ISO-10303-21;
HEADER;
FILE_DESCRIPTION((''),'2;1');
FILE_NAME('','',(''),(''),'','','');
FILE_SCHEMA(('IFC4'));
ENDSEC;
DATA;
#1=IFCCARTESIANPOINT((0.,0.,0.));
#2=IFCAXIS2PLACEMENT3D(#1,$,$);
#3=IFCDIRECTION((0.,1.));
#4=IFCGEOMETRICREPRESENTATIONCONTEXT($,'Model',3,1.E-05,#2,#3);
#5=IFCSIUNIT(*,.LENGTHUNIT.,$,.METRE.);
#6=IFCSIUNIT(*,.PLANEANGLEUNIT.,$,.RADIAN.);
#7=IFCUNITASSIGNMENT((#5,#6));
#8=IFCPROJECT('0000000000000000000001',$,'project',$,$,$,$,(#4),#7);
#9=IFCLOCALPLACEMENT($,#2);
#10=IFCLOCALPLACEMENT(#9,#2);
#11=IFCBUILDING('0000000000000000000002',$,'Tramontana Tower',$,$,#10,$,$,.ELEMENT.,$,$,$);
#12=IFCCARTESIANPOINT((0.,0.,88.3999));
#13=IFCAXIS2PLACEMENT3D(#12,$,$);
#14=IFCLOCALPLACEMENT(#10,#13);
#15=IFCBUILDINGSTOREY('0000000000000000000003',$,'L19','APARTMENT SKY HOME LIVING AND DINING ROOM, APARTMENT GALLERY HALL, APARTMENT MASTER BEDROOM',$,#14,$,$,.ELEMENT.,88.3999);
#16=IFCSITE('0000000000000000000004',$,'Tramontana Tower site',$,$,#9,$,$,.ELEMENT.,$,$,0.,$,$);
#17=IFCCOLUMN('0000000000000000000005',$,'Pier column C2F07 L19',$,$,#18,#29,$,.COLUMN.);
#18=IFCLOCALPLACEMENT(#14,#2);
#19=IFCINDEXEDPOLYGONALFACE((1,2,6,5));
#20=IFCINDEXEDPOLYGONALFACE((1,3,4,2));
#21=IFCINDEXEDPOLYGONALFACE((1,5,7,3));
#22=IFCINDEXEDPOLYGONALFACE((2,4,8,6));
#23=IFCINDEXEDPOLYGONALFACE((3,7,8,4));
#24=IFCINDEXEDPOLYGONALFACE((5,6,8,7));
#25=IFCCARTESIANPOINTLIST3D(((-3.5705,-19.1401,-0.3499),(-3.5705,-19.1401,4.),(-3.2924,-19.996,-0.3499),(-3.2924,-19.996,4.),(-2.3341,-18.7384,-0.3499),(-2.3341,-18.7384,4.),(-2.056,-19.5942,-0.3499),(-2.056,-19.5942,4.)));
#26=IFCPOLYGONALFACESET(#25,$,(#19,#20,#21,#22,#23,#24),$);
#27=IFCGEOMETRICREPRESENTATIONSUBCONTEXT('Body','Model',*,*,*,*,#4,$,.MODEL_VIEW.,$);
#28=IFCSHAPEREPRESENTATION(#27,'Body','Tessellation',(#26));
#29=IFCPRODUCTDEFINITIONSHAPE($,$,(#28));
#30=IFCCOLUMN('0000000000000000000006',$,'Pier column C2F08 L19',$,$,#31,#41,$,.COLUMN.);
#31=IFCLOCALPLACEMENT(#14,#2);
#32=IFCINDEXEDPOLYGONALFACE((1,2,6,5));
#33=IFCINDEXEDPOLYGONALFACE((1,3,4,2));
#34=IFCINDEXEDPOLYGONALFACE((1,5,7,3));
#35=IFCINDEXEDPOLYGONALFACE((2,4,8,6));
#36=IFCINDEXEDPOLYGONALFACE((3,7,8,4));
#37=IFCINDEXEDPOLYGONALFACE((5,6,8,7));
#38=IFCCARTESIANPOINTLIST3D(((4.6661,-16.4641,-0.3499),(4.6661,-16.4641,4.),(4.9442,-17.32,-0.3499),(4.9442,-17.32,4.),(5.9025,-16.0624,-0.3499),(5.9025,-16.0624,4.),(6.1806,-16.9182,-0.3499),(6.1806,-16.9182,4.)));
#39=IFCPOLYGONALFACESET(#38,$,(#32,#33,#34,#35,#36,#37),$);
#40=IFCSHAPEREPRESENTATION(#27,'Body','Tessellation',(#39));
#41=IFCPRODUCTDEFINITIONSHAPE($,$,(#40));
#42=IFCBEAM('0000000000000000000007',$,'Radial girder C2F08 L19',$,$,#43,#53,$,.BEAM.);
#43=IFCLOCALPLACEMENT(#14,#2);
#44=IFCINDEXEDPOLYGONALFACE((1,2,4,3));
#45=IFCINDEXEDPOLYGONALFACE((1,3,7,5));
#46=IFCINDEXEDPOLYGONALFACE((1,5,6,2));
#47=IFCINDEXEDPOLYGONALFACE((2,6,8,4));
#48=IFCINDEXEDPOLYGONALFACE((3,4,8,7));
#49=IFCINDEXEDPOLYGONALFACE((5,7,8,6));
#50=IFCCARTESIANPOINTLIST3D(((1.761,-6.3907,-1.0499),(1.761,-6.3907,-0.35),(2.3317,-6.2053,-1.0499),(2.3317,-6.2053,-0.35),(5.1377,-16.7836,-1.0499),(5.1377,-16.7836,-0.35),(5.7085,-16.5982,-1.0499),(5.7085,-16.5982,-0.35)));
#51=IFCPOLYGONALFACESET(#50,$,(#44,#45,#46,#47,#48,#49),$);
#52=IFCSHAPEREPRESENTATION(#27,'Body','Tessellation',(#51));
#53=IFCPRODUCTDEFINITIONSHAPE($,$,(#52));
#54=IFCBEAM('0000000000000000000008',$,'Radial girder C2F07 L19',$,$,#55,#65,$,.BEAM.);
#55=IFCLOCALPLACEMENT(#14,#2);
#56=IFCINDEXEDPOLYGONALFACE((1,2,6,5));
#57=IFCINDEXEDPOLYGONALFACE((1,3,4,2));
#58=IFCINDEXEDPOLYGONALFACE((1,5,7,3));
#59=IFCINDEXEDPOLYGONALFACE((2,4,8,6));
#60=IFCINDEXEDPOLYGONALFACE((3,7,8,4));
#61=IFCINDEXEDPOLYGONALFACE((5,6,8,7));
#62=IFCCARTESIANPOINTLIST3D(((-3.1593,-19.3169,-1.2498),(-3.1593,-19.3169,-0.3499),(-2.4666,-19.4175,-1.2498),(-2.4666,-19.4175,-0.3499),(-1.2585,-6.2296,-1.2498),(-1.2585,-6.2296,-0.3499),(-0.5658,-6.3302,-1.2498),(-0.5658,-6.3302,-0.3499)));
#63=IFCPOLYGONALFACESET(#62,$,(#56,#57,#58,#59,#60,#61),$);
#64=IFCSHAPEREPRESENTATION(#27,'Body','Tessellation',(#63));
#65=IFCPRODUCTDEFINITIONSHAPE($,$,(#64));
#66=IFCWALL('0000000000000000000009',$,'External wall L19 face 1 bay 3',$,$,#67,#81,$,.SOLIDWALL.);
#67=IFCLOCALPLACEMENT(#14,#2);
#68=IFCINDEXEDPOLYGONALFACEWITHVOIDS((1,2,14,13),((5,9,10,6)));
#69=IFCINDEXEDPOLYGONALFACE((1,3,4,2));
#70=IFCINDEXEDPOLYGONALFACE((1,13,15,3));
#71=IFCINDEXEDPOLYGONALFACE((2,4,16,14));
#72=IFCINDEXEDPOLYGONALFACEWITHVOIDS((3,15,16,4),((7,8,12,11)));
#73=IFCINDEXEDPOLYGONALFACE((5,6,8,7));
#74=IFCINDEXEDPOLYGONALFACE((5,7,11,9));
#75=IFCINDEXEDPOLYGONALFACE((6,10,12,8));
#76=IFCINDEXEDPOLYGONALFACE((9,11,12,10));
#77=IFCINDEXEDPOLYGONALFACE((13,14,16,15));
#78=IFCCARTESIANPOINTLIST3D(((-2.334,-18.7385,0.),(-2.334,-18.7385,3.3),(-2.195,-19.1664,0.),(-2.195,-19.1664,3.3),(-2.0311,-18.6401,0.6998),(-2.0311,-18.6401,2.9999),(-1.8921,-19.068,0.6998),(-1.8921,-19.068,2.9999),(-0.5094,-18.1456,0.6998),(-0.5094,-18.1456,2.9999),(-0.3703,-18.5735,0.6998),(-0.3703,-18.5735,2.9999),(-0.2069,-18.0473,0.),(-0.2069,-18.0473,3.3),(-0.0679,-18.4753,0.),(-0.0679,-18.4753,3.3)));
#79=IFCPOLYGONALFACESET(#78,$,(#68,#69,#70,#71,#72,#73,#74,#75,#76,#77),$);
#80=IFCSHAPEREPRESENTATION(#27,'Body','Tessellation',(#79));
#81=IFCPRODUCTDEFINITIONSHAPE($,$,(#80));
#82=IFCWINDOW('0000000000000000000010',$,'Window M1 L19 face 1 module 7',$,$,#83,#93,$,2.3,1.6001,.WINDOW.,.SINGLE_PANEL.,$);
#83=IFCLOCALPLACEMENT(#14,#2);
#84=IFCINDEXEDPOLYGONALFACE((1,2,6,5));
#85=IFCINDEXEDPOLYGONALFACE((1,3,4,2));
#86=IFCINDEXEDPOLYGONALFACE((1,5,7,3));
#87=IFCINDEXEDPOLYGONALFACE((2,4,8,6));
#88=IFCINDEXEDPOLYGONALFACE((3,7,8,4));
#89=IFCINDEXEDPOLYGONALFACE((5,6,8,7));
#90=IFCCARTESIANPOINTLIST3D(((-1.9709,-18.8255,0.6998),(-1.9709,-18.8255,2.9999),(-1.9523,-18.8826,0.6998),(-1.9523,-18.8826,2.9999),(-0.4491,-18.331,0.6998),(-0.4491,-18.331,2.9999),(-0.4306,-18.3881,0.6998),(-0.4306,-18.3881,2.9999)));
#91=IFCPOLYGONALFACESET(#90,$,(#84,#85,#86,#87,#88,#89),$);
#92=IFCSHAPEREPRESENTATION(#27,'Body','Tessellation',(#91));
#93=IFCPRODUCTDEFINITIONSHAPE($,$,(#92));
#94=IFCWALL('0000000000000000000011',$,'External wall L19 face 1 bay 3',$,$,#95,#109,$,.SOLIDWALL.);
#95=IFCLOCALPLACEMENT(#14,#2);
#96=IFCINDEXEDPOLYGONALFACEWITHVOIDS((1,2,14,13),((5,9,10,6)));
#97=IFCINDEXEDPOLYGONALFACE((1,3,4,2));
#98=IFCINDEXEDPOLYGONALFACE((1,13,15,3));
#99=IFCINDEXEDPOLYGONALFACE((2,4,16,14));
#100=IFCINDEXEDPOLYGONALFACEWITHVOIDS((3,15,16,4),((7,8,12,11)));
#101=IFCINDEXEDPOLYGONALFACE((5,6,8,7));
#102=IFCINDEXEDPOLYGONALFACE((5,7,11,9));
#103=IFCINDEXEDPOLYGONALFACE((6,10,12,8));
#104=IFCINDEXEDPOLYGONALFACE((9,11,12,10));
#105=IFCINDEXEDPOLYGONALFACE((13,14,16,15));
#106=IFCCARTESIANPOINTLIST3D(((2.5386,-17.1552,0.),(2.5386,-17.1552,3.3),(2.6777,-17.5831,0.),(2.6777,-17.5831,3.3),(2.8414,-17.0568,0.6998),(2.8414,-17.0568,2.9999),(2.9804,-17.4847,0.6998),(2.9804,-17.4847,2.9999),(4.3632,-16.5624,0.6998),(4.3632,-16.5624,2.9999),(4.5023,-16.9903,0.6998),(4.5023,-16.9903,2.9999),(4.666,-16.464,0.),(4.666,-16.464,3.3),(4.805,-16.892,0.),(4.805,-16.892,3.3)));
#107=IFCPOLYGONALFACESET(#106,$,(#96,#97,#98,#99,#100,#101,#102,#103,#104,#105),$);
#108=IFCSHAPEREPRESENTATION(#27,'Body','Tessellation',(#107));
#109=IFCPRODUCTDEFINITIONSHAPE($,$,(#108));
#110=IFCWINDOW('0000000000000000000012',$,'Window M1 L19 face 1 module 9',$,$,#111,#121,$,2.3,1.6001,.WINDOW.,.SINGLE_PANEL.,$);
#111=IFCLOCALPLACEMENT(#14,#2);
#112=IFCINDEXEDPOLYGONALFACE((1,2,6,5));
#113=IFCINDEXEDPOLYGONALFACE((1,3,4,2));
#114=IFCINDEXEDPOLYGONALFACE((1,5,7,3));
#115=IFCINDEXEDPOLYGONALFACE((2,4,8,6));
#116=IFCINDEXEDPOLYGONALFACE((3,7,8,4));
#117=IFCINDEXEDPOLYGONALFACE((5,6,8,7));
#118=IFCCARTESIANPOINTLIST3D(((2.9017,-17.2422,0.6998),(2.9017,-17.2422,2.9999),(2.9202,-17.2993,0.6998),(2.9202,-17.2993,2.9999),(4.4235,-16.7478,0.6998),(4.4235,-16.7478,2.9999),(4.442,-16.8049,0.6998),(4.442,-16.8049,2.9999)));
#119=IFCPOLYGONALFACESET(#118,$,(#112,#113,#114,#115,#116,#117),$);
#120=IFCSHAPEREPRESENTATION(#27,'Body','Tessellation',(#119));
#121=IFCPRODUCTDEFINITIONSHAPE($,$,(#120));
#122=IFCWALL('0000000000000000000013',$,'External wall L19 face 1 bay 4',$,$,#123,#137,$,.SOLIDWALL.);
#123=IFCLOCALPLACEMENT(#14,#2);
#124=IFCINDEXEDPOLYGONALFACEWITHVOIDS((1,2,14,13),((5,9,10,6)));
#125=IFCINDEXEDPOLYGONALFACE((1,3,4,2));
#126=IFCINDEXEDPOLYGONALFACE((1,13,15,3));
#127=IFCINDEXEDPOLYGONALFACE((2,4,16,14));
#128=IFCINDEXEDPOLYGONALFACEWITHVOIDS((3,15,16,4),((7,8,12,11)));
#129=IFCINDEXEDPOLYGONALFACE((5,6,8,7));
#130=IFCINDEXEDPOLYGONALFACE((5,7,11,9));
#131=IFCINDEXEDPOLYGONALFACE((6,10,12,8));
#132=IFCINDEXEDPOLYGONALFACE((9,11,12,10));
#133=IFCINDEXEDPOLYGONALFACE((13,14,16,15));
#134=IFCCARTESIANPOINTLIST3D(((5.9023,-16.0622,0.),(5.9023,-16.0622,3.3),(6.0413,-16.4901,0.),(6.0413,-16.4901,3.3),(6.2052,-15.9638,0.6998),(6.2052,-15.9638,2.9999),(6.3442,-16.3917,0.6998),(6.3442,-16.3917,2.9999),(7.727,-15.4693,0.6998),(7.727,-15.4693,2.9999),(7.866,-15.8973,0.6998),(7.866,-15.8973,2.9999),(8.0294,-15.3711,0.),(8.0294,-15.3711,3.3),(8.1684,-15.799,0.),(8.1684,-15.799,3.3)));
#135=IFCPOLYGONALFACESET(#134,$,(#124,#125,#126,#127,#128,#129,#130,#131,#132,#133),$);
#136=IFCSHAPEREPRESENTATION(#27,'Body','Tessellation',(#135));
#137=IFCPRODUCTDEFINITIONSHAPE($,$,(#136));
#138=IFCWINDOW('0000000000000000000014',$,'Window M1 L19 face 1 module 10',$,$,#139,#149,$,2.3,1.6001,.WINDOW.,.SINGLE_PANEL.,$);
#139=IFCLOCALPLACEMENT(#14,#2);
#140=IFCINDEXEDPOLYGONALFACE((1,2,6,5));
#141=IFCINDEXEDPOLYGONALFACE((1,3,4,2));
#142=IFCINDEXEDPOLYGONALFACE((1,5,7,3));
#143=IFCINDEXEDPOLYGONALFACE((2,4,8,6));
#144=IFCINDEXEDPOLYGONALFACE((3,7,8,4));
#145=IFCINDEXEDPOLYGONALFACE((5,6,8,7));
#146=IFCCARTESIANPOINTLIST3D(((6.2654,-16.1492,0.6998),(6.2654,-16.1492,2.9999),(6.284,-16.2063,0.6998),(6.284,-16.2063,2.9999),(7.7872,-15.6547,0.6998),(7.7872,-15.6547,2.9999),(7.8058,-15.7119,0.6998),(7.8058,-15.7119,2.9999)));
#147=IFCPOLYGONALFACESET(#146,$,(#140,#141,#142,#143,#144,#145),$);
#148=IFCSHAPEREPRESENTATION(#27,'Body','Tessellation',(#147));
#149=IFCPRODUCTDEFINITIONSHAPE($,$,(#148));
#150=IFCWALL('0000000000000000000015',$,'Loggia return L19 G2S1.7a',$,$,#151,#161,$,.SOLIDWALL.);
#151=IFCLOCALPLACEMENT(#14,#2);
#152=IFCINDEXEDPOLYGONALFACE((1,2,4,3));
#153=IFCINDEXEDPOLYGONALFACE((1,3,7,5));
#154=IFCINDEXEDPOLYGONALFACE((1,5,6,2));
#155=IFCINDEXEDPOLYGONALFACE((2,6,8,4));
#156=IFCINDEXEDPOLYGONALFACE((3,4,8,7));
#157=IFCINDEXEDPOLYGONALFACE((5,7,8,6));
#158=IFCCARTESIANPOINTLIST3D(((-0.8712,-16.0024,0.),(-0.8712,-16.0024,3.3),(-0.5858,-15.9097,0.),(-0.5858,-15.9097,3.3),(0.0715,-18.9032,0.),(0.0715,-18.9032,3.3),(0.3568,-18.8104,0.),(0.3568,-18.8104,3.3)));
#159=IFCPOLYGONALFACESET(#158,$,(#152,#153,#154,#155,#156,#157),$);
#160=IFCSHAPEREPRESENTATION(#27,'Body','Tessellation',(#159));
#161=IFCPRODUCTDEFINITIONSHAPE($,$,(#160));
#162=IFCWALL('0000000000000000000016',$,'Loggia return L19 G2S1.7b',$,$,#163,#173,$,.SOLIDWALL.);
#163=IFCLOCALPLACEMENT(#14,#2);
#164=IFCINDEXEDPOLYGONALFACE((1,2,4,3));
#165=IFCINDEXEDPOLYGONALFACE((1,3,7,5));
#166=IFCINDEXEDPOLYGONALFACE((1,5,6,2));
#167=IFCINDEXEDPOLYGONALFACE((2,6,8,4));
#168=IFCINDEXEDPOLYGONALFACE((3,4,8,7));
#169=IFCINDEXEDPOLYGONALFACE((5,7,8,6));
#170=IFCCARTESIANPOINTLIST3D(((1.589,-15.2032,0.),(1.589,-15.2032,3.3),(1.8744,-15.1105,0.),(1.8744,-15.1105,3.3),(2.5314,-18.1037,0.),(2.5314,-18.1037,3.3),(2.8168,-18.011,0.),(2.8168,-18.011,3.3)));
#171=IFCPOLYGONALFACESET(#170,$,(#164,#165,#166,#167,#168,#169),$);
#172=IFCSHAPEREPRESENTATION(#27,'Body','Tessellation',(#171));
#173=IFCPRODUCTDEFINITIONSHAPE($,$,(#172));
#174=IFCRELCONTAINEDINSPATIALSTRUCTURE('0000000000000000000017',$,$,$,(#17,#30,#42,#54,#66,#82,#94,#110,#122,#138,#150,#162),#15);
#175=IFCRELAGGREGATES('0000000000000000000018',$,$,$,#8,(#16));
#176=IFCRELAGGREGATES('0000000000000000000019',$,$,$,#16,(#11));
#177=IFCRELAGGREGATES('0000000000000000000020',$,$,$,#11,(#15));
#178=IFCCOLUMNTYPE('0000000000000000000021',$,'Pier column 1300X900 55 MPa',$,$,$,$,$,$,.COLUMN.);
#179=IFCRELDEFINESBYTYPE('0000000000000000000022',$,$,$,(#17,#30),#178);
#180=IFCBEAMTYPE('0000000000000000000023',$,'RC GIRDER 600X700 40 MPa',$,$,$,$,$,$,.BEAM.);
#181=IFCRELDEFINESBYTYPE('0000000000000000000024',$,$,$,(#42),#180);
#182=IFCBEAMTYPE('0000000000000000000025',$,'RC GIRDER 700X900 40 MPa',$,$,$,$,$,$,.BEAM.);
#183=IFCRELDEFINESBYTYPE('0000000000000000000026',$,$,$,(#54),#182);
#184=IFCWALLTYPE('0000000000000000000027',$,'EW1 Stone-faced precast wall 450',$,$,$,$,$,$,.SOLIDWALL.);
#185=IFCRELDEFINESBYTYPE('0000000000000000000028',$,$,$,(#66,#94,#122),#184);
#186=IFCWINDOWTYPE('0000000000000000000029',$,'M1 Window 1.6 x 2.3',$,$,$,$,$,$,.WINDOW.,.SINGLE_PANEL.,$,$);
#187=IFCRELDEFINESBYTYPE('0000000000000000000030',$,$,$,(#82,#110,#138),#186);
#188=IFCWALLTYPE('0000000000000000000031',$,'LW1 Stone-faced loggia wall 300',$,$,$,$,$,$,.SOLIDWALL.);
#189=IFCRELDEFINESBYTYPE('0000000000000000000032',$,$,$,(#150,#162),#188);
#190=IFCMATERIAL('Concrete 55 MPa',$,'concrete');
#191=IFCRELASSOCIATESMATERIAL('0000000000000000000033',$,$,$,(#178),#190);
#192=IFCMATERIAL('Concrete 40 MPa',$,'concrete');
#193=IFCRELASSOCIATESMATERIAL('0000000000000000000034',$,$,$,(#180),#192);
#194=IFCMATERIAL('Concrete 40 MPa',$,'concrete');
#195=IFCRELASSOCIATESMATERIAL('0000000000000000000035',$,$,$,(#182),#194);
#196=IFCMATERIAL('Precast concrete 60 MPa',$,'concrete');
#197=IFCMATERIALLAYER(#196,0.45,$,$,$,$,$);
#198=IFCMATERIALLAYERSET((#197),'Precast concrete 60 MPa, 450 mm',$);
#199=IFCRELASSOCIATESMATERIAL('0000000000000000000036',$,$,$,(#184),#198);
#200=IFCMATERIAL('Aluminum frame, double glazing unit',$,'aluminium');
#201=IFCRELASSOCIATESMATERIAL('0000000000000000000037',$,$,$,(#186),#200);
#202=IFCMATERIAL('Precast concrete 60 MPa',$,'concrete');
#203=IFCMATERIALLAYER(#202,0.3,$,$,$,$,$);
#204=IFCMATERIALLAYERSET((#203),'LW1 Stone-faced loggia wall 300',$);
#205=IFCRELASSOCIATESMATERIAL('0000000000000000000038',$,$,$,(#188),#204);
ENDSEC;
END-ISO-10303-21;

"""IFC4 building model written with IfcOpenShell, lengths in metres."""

from ifc_helpers import new_model, si_unit, direction, frame, frame_2d, origin, origin_2d, place, context, subcontext, project, spatial, rectangle, extrude, material, layer, layer_set, material_profile, profile_set, type_object, element, fill, save


model = new_model("IFC4")

# Units and contexts
model_context = context("Model", 3, precision=1e-05, world=origin(), true_north=direction((0.0, 1.0)))
body_context = subcontext(model_context, "Body", "Model", "MODEL_VIEW")
ifc_project = project(units=[si_unit("LENGTHUNIT", "METRE"), si_unit("PLANEANGLEUNIT", "RADIAN")], contexts=[model_context])

# Site, building, storey
site_placement = place(None, origin())
site = spatial("IfcSite", under=ifc_project, at=site_placement, Name="Tramontana Tower site", CompositionType="ELEMENT", RefElevation=0.0)
building_placement = place(site_placement, origin())
building = spatial("IfcBuilding", under=site, at=building_placement, Name="Tramontana Tower", CompositionType="ELEMENT")
storey_placement = place(building_placement, frame((0.0, 0.0, 88.3999)))
storey = spatial("IfcBuildingStorey", under=building, at=storey_placement, Name="L19", Description="APARTMENT SKY HOME LIVING AND DINING ROOM, APARTMENT GALLERY HALL, APARTMENT MASTER BEDROOM", CompositionType="ELEMENT", Elevation=88.3999)

# Columns
ifc_material_1 = material(Name="Concrete 55 MPa", Category="concrete")
ifc_material_profile_1 = material_profile(ifc_material_1, rectangle(XDim=1.3, YDim=0.8999, at=origin_2d()), Name="Pier column 1300X900 55 MPa")
ifc_profile_set_1 = profile_set([ifc_material_profile_1], Name="Concrete 55 MPa")
column_type = type_object("IfcColumnType", Name="Pier column 1300X900 55 MPa", PredefinedType="COLUMN", material=ifc_profile_set_1)
for number, where, z_axis, x_axis, name in (
    (1, (-2.8132, -19.3672, -0.3499), (0.0, 0.0, 1.0), (0.951057, 0.309017, 0.0), "Pier column C2F07 L19"),
    (2, (5.4233, -16.6912, -0.3499), (0.0, 0.0, 1.0), (0.951057, 0.309017, 0.0), "Pier column C2F08 L19"),
):
    element("IfcColumn", number, at=place(storey_placement, frame(where, z_axis=z_axis, x_axis=x_axis)), inside=storey, type_object=column_type, Name=name, PredefinedType="COLUMN", context=body_context, shape_type="SweptSolid", body=[
        extrude(rectangle(XDim=1.3, YDim=0.8999, at=origin_2d()), origin(), (0.0, 0.0, 1.0), 4.3499),
    ])

# Beams
ifc_material_2 = material(Name="Concrete 40 MPa", Category="concrete")
ifc_material_profile_2 = material_profile(ifc_material_2, rectangle(XDim=0.6001, YDim=0.7, at=origin_2d()), Name="RC GIRDER 600X700 40 MPa")
ifc_profile_set_2 = profile_set([ifc_material_profile_2], Name="Concrete 40 MPa")
beam_type_1 = type_object("IfcBeamType", Name="RC GIRDER 600X700 40 MPa", PredefinedType="BEAM", material=ifc_profile_set_2)
beam_1_placement = place(storey_placement, frame((5.4231, -16.6909, -0.7), z_axis=(-0.309007, 0.95106, 0.0), x_axis=(-0.95106, -0.309007, 0.0)))
element("IfcBeam", 3, at=beam_1_placement, inside=storey, type_object=beam_type_1, Name="Radial girder C2F08 L19", PredefinedType="BEAM", context=body_context, shape_type="SweptSolid", body=[
    extrude(rectangle(XDim=0.6001, YDim=0.7, at=origin_2d()), origin(), (0.0, 0.0, 1.0), 10.9277),
])
ifc_material_3 = material(Name="Concrete 40 MPa", Category="concrete")
ifc_material_profile_3 = material_profile(ifc_material_3, rectangle(XDim=0.7, YDim=0.8999, at=origin_2d()), Name="RC GIRDER 700X900 40 MPa")
ifc_profile_set_3 = profile_set([ifc_material_profile_3], Name="Concrete 40 MPa")
beam_type_2 = type_object("IfcBeamType", Name="RC GIRDER 700X900 40 MPa", PredefinedType="BEAM", material=ifc_profile_set_3)
beam_2_placement = place(storey_placement, frame((-2.813, -19.3672, -0.7998), z_axis=(0.143737, 0.989616, 0.0), x_axis=(-0.989616, 0.143737, 0.0)))
element("IfcBeam", 4, at=beam_2_placement, inside=storey, type_object=beam_type_2, Name="Radial girder C2F07 L19", PredefinedType="BEAM", context=body_context, shape_type="SweptSolid", body=[
    extrude(rectangle(XDim=0.7, YDim=0.8999, at=origin_2d()), origin(), (0.0, 0.0, 1.0), 13.2246),
])

# Walls, openings, windows
ifc_material_4 = material(Name="Precast concrete 60 MPa", Category="concrete")
ifc_layer_1 = layer(ifc_material_4, 0.45)
ifc_layer_set_1 = layer_set([ifc_layer_1], Name="Precast concrete 60 MPa, 450 mm")
wall_type_1 = type_object("IfcWallType", Name="EW1 Stone-faced precast wall 450", PredefinedType="SOLIDWALL", material=ifc_layer_set_1)
wall_1_placement = place(storey_placement, frame((-2.2644, -18.9524, 0.0), z_axis=(0.0, 0.0, 1.0), x_axis=(0.951057, 0.309014, 0.0)))
wall_1 = element("IfcWall", 5, at=wall_1_placement, inside=storey, type_object=wall_type_1, Name="External wall L19 face 1 bay 3", PredefinedType="SOLIDWALL", context=body_context, shape_type="SweptSolid", body=[
    extrude(rectangle(XDim=2.2366, YDim=0.45, at=frame_2d((1.1182, 0.0))), origin(), (0.0, 0.0, 1.0), 3.3),
])
opening_1_placement = place(wall_1_placement, frame((0.3184, 0.0, 0.7)))
opening_1 = element("IfcOpeningElement", 6, at=opening_1_placement, cuts=wall_1, PredefinedType="OPENING", context=body_context, shape_type="SweptSolid", body=[
    extrude(rectangle(XDim=1.6001, YDim=2.3, at=frame_2d((0.8, 1.1499))), frame((0.0, 0.2349, 0.0), z_axis=(0.0, -1.0, 0.0), x_axis=(1.0, 0.0, 0.0)), (0.0, 0.0, 1.0), 0.47),
])
ifc_material_5 = material(Name="Aluminum frame, double glazing unit", Category="aluminium")
window_type = type_object("IfcWindowType", Name="M1 Window 1.6 x 2.3", PartitioningType="SINGLE_PANEL", PredefinedType="WINDOW", material=ifc_material_5)
window_1_placement = place(opening_1_placement, origin())
window_1 = element("IfcWindow", 7, at=window_1_placement, inside=storey, type_object=window_type, Name="Window M1 L19 face 1 module 7", OverallHeight=2.3, OverallWidth=1.6001, PartitioningType="SINGLE_PANEL", PredefinedType="WINDOW", context=body_context, shape_type="SweptSolid", body=[
    extrude(rectangle(XDim=1.6001, YDim=2.3, at=frame_2d((0.8, 1.1499))), frame((0.0, 0.03, 0.0), z_axis=(0.0, -1.0, 0.0), x_axis=(1.0, 0.0, 0.0)), (0.0, 0.0, 1.0), 0.0601),
])
fill(opening_1, window_1)
wall_2_placement = place(storey_placement, frame((2.6082, -17.3691, 0.0), z_axis=(0.0, 0.0, 1.0), x_axis=(0.951068, 0.308982, 0.0)))
wall_2 = element("IfcWall", 8, at=wall_2_placement, inside=storey, type_object=wall_type_1, Name="External wall L19 face 1 bay 3", PredefinedType="SOLIDWALL", context=body_context, shape_type="SweptSolid", body=[
    extrude(rectangle(XDim=2.2368, YDim=0.45, at=frame_2d((1.1184, 0.0))), origin(), (0.0, 0.0, 1.0), 3.3),
])
opening_2_placement = place(wall_2_placement, frame((0.3184, 0.0, 0.7)))
opening_2 = element("IfcOpeningElement", 9, at=opening_2_placement, cuts=wall_2, PredefinedType="OPENING", context=body_context, shape_type="SweptSolid", body=[
    extrude(rectangle(XDim=1.6001, YDim=2.3, at=frame_2d((0.8, 1.1499))), frame((0.0, 0.2349, 0.0), z_axis=(0.0, -1.0, 0.0), x_axis=(1.0, 0.0, 0.0)), (0.0, 0.0, 1.0), 0.47),
])
window_2_placement = place(opening_2_placement, origin())
window_2 = element("IfcWindow", 10, at=window_2_placement, inside=storey, type_object=window_type, Name="Window M1 L19 face 1 module 9", OverallHeight=2.3, OverallWidth=1.6001, PartitioningType="SINGLE_PANEL", PredefinedType="WINDOW", context=body_context, shape_type="SweptSolid", body=[
    extrude(rectangle(XDim=1.6001, YDim=2.3, at=frame_2d((0.8, 1.1499))), frame((0.0, 0.03, 0.0), z_axis=(0.0, -1.0, 0.0), x_axis=(1.0, 0.0, 0.0)), (0.0, 0.0, 1.0), 0.0601),
])
fill(opening_2, window_2)
wall_3_placement = place(storey_placement, frame((5.9719, -16.2761, 0.0), z_axis=(0.0, 0.0, 1.0), x_axis=(0.951057, 0.309014, 0.0)))
wall_3 = element("IfcWall", 11, at=wall_3_placement, inside=storey, type_object=wall_type_1, Name="External wall L19 face 1 bay 4", PredefinedType="SOLIDWALL", context=body_context, shape_type="SweptSolid", body=[
    extrude(rectangle(XDim=2.2366, YDim=0.45, at=frame_2d((1.1182, 0.0))), origin(), (0.0, 0.0, 1.0), 3.3),
])
opening_3_placement = place(wall_3_placement, frame((0.3184, 0.0, 0.7)))
opening_3 = element("IfcOpeningElement", 12, at=opening_3_placement, cuts=wall_3, PredefinedType="OPENING", context=body_context, shape_type="SweptSolid", body=[
    extrude(rectangle(XDim=1.6001, YDim=2.3, at=frame_2d((0.8, 1.1499))), frame((0.0, 0.2349, 0.0), z_axis=(0.0, -1.0, 0.0), x_axis=(1.0, 0.0, 0.0)), (0.0, 0.0, 1.0), 0.47),
])
window_3_placement = place(opening_3_placement, origin())
window_3 = element("IfcWindow", 13, at=window_3_placement, inside=storey, type_object=window_type, Name="Window M1 L19 face 1 module 10", OverallHeight=2.3, OverallWidth=1.6001, PartitioningType="SINGLE_PANEL", PredefinedType="WINDOW", context=body_context, shape_type="SweptSolid", body=[
    extrude(rectangle(XDim=1.6001, YDim=2.3, at=frame_2d((0.8, 1.1499))), frame((0.0, 0.03, 0.0), z_axis=(0.0, -1.0, 0.0), x_axis=(1.0, 0.0, 0.0)), (0.0, 0.0, 1.0), 0.0601),
])
fill(opening_3, window_3)

# Shared definitions
ifc_material_6 = material(Name="Precast concrete 60 MPa", Category="concrete")
ifc_layer_2 = layer(ifc_material_6, 0.3)
ifc_layer_set_2 = layer_set([ifc_layer_2], Name="LW1 Stone-faced loggia wall 300")
wall_type_2 = type_object("IfcWallType", Name="LW1 Stone-faced loggia wall 300", PredefinedType="SOLIDWALL", material=ifc_layer_set_2)

# Walls
wall_4_placement = place(storey_placement, frame((0.2141, -18.8567, 0.0), z_axis=(0.0, 0.0, 1.0), x_axis=(-0.309063, 0.951042, 0.0)))
element("IfcWall", 14, at=wall_4_placement, inside=storey, type_object=wall_type_2, Name="Loggia return L19 G2S1.7a", PredefinedType="SOLIDWALL", context=body_context, shape_type="SweptSolid", body=[
    extrude(rectangle(XDim=3.05, YDim=0.3, at=frame_2d((1.5249, 0.0))), origin(), (0.0, 0.0, 1.0), 3.3),
])
wall_5_placement = place(storey_placement, frame((2.6741, -18.0574, 0.0), z_axis=(0.0, 0.0, 1.0), x_axis=(-0.30899, 0.951065, 0.0)))
element("IfcWall", 15, at=wall_5_placement, inside=storey, type_object=wall_type_2, Name="Loggia return L19 G2S1.7b", PredefinedType="SOLIDWALL", context=body_context, shape_type="SweptSolid", body=[
    extrude(rectangle(XDim=3.0498, YDim=0.3, at=frame_2d((1.5249, 0.0))), origin(), (0.0, 0.0, 1.0), 3.3),
])

save(model, "model.ifc")
